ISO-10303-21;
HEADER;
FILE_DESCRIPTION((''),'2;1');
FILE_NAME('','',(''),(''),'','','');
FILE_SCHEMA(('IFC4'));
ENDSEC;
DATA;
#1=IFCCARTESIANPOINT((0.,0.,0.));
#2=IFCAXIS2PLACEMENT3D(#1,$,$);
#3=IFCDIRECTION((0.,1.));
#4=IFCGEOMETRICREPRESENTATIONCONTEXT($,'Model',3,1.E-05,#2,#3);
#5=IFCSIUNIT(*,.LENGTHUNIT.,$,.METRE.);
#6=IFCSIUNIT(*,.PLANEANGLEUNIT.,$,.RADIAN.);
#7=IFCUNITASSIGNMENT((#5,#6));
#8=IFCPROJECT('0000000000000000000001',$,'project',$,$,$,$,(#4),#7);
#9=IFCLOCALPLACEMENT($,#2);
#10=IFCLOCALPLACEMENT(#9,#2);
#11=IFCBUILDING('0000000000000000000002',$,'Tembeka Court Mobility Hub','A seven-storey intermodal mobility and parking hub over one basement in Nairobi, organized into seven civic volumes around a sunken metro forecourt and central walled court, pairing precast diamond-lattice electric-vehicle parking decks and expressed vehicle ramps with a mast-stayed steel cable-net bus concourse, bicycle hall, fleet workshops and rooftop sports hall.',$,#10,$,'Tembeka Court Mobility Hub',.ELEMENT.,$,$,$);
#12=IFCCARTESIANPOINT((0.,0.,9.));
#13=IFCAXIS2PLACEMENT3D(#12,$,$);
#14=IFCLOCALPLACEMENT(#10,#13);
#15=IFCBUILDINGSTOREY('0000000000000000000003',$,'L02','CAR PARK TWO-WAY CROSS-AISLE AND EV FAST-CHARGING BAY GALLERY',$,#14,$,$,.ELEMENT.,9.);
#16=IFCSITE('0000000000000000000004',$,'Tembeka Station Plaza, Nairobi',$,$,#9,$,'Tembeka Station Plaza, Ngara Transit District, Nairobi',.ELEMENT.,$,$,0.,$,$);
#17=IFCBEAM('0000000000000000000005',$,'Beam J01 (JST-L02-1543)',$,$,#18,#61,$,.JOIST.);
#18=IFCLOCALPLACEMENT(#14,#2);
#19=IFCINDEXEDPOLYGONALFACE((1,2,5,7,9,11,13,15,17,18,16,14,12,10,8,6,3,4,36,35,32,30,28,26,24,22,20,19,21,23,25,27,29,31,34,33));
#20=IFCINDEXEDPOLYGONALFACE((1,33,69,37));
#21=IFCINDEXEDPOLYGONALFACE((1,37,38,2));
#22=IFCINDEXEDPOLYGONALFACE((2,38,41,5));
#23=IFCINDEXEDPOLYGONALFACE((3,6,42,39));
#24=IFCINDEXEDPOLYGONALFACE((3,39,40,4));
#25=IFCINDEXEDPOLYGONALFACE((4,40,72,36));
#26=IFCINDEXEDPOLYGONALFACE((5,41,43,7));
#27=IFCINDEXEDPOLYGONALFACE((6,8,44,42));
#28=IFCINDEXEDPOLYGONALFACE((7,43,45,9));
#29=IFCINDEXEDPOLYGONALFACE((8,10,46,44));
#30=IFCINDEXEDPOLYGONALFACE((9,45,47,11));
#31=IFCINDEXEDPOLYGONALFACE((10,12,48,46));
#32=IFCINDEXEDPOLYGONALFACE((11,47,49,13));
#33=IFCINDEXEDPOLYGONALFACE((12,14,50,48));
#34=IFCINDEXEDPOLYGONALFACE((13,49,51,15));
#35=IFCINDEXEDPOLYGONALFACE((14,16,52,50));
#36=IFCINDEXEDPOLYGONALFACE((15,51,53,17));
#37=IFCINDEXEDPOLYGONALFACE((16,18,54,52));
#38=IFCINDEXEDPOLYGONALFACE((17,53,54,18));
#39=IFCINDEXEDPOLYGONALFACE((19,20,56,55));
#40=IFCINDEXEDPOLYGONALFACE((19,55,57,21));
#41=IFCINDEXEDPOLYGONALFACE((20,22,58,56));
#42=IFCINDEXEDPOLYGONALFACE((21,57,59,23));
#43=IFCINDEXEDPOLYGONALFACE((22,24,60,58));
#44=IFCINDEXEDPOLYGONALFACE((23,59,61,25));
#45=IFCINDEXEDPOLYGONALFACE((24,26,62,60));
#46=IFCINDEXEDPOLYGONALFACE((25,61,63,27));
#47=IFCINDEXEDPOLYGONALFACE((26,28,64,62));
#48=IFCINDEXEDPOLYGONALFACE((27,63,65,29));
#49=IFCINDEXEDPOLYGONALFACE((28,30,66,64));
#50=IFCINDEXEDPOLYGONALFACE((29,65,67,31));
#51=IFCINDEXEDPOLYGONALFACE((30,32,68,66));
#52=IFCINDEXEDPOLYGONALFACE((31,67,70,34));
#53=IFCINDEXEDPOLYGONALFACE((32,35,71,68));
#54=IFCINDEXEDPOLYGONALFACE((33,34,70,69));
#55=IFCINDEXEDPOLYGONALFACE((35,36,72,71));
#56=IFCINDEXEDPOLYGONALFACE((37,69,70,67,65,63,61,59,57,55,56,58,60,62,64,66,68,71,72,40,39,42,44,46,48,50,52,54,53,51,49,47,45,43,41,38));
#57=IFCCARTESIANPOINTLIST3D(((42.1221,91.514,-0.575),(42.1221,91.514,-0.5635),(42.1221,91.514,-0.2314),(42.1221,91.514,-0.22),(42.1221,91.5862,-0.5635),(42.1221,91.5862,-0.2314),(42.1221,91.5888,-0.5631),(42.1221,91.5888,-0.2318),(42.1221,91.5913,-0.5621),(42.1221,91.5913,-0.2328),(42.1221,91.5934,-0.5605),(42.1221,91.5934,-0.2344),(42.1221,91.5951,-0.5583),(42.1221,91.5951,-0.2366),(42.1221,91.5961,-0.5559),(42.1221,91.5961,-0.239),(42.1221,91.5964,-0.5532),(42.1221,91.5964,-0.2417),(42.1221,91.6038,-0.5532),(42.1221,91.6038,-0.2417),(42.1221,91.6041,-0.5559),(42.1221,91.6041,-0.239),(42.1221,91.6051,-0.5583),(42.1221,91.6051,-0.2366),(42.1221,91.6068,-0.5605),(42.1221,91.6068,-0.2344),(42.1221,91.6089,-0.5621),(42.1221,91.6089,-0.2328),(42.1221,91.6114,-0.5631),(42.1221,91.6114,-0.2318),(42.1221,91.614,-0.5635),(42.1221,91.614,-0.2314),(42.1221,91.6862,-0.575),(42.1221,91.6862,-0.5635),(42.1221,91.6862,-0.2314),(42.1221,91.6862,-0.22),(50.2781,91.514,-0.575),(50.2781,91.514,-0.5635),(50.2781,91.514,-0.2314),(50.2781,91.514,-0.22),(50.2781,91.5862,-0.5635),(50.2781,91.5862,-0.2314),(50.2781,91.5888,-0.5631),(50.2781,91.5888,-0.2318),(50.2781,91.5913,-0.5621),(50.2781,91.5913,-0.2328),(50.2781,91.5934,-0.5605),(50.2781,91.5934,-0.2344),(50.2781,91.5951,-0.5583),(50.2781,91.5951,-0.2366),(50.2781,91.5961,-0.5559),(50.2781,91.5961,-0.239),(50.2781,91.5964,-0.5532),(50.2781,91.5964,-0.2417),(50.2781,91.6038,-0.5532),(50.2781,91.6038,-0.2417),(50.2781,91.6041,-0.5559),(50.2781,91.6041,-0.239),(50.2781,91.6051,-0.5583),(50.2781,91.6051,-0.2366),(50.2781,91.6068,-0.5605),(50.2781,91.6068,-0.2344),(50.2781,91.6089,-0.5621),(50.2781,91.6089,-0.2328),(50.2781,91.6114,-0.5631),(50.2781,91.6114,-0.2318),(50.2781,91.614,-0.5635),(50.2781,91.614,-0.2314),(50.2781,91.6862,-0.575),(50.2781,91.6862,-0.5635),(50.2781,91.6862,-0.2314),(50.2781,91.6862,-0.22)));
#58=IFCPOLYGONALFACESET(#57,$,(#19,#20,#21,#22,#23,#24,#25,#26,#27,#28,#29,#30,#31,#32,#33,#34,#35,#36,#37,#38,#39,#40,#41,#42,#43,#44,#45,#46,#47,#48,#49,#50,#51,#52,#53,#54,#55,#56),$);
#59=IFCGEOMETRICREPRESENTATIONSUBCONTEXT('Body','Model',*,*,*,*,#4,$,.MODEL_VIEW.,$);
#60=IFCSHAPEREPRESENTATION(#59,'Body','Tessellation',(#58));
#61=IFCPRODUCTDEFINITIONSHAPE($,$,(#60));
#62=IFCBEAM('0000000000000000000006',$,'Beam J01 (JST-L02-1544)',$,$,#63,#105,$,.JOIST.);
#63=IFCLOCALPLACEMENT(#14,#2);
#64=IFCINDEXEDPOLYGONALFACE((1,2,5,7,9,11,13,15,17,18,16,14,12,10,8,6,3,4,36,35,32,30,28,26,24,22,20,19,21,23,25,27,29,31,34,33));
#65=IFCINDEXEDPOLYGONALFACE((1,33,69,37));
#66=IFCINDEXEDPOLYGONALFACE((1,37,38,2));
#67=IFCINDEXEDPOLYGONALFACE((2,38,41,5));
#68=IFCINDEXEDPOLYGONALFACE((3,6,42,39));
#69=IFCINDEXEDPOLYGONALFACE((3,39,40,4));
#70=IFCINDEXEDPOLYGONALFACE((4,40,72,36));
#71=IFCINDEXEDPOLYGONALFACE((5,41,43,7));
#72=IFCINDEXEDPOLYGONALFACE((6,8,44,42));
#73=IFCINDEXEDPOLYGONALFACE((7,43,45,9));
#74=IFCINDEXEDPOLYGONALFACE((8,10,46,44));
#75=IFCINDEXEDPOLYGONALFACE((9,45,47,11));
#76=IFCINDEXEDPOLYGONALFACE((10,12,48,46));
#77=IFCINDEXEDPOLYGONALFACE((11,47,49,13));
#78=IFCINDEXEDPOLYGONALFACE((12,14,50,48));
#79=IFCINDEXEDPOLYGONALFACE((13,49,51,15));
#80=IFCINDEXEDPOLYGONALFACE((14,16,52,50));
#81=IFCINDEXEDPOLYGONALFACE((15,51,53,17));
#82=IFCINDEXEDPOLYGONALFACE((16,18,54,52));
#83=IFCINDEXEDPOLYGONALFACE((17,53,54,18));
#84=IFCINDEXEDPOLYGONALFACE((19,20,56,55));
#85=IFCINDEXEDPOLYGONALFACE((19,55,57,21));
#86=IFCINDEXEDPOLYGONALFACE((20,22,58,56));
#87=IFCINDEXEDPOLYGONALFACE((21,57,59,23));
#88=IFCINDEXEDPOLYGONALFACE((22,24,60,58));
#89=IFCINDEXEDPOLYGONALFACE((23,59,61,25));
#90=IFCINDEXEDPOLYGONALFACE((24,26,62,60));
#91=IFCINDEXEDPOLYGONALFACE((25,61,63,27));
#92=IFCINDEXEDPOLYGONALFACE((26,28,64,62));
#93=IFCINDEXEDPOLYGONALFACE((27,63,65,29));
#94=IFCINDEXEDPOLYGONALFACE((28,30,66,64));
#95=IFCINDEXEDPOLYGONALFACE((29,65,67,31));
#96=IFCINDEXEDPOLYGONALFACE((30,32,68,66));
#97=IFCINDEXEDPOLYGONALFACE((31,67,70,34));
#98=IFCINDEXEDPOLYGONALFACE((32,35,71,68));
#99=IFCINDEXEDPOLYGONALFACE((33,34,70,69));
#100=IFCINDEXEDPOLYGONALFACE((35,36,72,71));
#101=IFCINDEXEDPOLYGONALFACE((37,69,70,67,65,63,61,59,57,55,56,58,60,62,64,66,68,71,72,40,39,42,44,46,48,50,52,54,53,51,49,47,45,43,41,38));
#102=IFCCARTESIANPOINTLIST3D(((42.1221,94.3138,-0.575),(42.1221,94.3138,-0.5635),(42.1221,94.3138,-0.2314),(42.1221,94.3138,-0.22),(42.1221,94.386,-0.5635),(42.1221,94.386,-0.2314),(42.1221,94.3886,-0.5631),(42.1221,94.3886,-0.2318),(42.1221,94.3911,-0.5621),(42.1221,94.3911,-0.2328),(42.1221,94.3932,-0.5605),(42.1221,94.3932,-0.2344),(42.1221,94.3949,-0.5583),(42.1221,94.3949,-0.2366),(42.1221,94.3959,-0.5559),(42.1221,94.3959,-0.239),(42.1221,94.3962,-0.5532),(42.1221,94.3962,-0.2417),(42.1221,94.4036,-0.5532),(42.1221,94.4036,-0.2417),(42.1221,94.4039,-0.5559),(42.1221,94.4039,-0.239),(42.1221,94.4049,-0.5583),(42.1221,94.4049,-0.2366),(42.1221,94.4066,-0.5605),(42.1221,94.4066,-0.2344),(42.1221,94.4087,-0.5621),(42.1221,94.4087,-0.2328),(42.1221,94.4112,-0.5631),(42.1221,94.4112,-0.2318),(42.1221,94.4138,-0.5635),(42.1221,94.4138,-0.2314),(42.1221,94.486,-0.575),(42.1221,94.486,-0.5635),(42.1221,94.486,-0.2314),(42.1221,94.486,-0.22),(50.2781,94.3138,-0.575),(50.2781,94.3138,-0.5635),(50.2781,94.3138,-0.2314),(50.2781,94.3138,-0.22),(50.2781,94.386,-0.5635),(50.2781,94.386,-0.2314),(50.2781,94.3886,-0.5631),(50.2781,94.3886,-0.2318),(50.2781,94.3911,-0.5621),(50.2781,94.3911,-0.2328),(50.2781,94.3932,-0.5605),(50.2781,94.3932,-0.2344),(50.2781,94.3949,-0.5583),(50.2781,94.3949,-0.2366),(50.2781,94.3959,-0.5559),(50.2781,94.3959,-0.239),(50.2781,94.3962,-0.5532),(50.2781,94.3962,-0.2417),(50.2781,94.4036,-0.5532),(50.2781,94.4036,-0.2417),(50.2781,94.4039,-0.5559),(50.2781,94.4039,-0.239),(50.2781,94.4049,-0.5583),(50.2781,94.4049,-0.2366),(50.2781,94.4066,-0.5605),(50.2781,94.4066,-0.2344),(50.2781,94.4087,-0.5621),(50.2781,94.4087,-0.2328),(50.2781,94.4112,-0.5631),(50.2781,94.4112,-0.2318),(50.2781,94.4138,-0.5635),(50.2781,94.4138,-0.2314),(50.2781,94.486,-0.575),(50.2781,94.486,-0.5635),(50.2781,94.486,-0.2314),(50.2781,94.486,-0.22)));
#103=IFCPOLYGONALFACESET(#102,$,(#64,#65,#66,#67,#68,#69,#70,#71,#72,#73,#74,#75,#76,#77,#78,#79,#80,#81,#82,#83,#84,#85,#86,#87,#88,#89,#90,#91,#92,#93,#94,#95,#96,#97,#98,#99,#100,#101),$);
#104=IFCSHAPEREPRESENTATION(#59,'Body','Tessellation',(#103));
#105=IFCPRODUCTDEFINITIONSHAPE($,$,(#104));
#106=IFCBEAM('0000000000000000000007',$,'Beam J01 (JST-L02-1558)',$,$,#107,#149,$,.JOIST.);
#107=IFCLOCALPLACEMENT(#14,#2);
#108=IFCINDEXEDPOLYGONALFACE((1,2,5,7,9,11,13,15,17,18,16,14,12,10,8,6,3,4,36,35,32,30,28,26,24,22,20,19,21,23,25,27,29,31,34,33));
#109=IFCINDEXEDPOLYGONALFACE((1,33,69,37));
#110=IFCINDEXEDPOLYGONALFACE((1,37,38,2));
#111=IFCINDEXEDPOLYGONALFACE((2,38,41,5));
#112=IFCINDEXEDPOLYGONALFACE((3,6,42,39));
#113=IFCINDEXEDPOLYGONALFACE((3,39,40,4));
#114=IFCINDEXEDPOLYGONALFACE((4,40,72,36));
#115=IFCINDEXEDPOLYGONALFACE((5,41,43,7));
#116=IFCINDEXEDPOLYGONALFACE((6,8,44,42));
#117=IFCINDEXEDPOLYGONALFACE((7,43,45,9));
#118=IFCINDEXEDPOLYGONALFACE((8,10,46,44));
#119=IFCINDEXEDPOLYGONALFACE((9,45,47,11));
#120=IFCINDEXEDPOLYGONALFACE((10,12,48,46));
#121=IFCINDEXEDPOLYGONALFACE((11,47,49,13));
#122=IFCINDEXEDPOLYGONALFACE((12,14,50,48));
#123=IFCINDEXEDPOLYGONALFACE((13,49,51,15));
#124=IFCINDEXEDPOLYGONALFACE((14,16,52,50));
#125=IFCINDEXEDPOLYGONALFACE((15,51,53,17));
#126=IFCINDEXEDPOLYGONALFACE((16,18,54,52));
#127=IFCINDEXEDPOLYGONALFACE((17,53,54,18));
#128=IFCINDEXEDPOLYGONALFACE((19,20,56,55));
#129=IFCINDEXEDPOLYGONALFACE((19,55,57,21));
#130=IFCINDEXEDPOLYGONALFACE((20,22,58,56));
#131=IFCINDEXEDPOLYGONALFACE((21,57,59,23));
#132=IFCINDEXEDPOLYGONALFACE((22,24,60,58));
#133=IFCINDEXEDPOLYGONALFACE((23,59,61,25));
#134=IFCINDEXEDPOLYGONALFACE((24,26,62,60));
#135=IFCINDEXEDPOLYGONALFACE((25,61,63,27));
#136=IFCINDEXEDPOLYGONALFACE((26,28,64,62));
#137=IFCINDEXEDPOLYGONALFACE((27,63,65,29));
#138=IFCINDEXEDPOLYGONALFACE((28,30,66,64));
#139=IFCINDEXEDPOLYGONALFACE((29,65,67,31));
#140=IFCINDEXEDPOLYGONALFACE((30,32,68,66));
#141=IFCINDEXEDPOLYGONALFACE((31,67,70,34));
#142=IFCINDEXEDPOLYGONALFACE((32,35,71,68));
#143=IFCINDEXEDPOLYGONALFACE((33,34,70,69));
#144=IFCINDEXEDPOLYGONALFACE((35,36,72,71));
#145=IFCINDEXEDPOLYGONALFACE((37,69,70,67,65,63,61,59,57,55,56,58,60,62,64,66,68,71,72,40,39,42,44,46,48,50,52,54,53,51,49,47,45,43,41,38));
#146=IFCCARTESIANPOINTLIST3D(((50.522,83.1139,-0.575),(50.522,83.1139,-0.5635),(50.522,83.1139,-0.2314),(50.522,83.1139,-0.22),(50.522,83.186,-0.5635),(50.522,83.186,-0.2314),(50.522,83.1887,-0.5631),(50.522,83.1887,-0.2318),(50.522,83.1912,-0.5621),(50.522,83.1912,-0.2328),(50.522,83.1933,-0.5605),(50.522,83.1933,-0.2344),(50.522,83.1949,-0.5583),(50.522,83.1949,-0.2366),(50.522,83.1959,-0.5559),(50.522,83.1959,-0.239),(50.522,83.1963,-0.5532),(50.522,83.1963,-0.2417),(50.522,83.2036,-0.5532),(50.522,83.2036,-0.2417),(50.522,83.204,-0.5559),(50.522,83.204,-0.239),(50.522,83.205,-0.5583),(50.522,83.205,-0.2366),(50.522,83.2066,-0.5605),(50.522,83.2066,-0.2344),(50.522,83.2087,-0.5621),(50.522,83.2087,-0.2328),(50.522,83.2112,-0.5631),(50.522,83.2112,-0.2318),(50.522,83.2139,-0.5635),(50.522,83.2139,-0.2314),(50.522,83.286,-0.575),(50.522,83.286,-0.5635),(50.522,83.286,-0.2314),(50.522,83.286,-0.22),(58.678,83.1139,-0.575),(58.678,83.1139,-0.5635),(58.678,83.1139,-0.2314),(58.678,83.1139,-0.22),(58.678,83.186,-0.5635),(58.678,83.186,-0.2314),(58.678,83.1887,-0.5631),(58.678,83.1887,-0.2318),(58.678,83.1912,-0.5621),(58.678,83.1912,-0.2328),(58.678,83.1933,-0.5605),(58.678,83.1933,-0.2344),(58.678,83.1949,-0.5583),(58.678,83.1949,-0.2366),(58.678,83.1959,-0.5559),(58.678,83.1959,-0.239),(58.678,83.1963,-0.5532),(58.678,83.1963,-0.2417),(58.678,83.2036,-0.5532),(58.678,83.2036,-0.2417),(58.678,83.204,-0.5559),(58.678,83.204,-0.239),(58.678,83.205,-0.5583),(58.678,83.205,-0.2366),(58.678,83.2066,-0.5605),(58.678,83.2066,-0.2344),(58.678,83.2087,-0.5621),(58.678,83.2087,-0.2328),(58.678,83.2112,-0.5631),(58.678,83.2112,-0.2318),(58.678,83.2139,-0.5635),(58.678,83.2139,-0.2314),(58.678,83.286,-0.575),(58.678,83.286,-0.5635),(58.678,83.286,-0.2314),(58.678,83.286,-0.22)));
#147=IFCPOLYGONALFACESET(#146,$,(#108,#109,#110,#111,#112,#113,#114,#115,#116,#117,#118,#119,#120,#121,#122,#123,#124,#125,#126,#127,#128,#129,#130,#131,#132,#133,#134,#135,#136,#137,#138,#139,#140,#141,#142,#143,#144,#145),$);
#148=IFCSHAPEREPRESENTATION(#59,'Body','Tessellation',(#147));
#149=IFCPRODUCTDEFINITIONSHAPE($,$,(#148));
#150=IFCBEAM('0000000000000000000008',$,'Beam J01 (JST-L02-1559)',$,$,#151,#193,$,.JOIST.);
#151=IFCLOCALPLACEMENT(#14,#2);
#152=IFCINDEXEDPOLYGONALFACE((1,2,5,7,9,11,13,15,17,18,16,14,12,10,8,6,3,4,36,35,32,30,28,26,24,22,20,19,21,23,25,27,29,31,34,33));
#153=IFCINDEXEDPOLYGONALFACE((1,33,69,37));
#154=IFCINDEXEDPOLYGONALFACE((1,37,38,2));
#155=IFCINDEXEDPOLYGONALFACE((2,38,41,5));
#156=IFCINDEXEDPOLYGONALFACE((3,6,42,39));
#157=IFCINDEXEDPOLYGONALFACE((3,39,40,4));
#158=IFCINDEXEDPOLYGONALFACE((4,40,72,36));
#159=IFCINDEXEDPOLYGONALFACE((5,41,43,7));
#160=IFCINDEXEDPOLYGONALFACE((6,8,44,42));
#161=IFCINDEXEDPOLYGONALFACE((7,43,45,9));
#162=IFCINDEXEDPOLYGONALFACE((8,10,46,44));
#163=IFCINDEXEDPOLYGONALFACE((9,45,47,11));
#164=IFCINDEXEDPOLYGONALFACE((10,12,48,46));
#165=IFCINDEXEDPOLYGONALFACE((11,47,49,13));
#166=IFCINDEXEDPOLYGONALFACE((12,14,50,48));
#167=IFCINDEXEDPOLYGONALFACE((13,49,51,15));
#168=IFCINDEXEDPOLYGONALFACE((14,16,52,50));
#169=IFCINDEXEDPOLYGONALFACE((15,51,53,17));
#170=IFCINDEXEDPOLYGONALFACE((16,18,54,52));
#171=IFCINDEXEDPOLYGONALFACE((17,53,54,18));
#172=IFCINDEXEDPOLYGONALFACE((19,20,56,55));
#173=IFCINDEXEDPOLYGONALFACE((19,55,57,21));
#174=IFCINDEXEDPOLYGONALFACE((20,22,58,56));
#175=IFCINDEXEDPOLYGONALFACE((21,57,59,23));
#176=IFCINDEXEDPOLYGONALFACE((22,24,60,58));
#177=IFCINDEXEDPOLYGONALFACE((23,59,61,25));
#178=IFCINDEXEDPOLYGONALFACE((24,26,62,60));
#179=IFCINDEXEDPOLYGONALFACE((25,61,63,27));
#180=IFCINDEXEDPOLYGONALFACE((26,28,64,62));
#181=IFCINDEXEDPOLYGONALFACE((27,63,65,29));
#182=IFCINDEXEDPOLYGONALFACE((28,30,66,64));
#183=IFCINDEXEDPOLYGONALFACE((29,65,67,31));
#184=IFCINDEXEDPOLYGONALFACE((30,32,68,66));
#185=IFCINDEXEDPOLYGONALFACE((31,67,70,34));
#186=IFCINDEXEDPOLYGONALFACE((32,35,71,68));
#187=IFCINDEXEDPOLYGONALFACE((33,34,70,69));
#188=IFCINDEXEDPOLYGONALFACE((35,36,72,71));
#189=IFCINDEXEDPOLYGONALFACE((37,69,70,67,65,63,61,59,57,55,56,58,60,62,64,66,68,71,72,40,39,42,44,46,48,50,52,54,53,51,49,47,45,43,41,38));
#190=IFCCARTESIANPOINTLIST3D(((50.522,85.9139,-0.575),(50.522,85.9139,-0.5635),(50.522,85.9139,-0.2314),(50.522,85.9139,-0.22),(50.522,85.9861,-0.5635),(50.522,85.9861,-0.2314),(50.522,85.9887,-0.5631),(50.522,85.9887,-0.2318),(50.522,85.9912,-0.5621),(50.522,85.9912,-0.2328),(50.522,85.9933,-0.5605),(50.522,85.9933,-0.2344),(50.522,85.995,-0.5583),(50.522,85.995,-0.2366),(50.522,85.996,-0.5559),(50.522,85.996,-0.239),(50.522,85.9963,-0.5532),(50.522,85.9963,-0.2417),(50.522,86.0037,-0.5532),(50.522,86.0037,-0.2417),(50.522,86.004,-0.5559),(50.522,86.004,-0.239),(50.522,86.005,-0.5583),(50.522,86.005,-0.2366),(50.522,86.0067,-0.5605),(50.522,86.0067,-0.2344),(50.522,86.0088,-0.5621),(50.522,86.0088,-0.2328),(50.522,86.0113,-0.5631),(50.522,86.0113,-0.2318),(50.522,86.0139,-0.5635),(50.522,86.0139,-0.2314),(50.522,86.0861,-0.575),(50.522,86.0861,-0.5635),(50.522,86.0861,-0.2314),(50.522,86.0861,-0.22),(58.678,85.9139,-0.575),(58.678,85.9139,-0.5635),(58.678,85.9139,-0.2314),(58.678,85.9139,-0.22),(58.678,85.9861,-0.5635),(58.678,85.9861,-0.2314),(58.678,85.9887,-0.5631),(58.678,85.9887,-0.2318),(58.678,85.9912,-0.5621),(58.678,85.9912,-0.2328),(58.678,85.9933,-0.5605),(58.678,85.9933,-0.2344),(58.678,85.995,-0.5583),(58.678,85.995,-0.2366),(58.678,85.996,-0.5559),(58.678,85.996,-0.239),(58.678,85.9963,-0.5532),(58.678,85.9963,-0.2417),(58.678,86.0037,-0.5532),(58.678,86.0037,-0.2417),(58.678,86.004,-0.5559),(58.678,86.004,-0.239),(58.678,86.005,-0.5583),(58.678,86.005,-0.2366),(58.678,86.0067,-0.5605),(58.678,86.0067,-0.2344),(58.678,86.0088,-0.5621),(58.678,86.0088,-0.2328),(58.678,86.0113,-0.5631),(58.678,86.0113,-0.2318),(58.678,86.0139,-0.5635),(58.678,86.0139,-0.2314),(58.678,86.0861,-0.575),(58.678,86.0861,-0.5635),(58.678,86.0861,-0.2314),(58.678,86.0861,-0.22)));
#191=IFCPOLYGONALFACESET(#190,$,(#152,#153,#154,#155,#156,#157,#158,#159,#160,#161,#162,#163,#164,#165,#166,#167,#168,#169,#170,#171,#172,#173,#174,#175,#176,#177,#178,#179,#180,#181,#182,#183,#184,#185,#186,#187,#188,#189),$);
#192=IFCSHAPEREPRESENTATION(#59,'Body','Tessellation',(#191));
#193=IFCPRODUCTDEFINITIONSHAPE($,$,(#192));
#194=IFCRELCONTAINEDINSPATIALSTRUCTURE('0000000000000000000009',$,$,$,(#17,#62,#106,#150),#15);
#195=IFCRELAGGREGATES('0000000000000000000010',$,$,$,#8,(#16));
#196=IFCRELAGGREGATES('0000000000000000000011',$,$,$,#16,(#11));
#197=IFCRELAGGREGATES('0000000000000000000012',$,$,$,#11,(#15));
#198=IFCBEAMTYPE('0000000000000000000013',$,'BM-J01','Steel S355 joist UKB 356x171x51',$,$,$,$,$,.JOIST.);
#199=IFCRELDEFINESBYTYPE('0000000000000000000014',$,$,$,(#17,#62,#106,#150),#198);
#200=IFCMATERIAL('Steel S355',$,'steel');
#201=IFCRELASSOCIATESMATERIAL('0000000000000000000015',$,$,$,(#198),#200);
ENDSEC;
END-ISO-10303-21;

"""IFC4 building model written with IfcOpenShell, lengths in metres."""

from ifc_helpers import new_model, si_unit, direction, frame, origin, origin_2d, place, context, subcontext, project, spatial, i_section, extrude, material, material_profile, profile_set, type_object, element, save


model = new_model("IFC4")

# Units and contexts
model_context = context("Model", 3, precision=1e-05, world=origin(), true_north=direction((0.0, 1.0)))
body_context = subcontext(model_context, "Body", "Model", "MODEL_VIEW")
ifc_project = project(units=[si_unit("LENGTHUNIT", "METRE"), si_unit("PLANEANGLEUNIT", "RADIAN")], contexts=[model_context])

# Site, building, storey
site_placement = place(None, origin())
site = spatial("IfcSite", under=ifc_project, at=site_placement, Name="Tembeka Station Plaza, Nairobi", LongName="Tembeka Station Plaza, Ngara Transit District, Nairobi", CompositionType="ELEMENT", RefElevation=0.0)
building_placement = place(site_placement, origin())
building = spatial("IfcBuilding", under=site, at=building_placement, Name="Tembeka Court Mobility Hub", Description="A seven-storey intermodal mobility and parking hub over one basement in Nairobi, organized into seven civic volumes around a sunken metro forecourt and central walled court, pairing precast diamond-lattice electric-vehicle parking decks and expressed vehicle ramps with a mast-stayed steel cable-net bus concourse, bicycle hall, fleet workshops and rooftop sports hall.", LongName="Tembeka Court Mobility Hub", CompositionType="ELEMENT")
storey_placement = place(building_placement, frame((0.0, 0.0, 9.0)))
storey = spatial("IfcBuildingStorey", under=building, at=storey_placement, Name="L02", Description="CAR PARK TWO-WAY CROSS-AISLE AND EV FAST-CHARGING BAY GALLERY", CompositionType="ELEMENT", Elevation=9.0)

# Shared definitions
ifc_material_1 = material(Name="Steel S355", Category="steel")

# Beams
ifc_material_profile_1 = material_profile(ifc_material_1, i_section(OverallWidth=0.1721, OverallDepth=0.355, WebThickness=0.0073, FlangeThickness=0.0115, FilletRadius=0.0103, at=origin_2d()), Name="UKB 356x171x51")
ifc_profile_set_1 = profile_set([ifc_material_profile_1], Name="Steel S355")
beam_type_1 = type_object("IfcBeamType", Name="BM-J01", Description="Steel S355 joist UKB 356x171x51", PredefinedType="JOIST", material=ifc_profile_set_1)
for number, where, z_axis, x_axis, name in (
    (1, (42.1221, 91.6001, -0.3975), (1.0, 0.0, 0.0), (0.0, 1.0, 0.0), "Beam J01 (JST-L02-1543)"),
    (2, (42.1221, 94.3999, -0.3975), (1.0, 0.0, 0.0), (0.0, 1.0, 0.0), "Beam J01 (JST-L02-1544)"),
    (3, (50.522, 83.2, -0.3975), (1.0, 0.0, 0.0), (0.0, 1.0, 0.0), "Beam J01 (JST-L02-1558)"),
    (4, (50.522, 86.0, -0.3975), (1.0, 0.0, 0.0), (0.0, 1.0, 0.0), "Beam J01 (JST-L02-1559)"),
):
    element("IfcBeam", number, at=place(storey_placement, frame(where, z_axis=z_axis, x_axis=x_axis)), inside=storey, type_object=beam_type_1, Name=name, PredefinedType="JOIST", context=body_context, shape_type="SweptSolid", body=[
        extrude(i_section(OverallWidth=0.1721, OverallDepth=0.355, WebThickness=0.0073, FlangeThickness=0.0115, FilletRadius=0.0103, at=origin_2d()), origin(), (0.0, 0.0, 1.0), 8.156),
    ])

save(model, "model.ifc")
